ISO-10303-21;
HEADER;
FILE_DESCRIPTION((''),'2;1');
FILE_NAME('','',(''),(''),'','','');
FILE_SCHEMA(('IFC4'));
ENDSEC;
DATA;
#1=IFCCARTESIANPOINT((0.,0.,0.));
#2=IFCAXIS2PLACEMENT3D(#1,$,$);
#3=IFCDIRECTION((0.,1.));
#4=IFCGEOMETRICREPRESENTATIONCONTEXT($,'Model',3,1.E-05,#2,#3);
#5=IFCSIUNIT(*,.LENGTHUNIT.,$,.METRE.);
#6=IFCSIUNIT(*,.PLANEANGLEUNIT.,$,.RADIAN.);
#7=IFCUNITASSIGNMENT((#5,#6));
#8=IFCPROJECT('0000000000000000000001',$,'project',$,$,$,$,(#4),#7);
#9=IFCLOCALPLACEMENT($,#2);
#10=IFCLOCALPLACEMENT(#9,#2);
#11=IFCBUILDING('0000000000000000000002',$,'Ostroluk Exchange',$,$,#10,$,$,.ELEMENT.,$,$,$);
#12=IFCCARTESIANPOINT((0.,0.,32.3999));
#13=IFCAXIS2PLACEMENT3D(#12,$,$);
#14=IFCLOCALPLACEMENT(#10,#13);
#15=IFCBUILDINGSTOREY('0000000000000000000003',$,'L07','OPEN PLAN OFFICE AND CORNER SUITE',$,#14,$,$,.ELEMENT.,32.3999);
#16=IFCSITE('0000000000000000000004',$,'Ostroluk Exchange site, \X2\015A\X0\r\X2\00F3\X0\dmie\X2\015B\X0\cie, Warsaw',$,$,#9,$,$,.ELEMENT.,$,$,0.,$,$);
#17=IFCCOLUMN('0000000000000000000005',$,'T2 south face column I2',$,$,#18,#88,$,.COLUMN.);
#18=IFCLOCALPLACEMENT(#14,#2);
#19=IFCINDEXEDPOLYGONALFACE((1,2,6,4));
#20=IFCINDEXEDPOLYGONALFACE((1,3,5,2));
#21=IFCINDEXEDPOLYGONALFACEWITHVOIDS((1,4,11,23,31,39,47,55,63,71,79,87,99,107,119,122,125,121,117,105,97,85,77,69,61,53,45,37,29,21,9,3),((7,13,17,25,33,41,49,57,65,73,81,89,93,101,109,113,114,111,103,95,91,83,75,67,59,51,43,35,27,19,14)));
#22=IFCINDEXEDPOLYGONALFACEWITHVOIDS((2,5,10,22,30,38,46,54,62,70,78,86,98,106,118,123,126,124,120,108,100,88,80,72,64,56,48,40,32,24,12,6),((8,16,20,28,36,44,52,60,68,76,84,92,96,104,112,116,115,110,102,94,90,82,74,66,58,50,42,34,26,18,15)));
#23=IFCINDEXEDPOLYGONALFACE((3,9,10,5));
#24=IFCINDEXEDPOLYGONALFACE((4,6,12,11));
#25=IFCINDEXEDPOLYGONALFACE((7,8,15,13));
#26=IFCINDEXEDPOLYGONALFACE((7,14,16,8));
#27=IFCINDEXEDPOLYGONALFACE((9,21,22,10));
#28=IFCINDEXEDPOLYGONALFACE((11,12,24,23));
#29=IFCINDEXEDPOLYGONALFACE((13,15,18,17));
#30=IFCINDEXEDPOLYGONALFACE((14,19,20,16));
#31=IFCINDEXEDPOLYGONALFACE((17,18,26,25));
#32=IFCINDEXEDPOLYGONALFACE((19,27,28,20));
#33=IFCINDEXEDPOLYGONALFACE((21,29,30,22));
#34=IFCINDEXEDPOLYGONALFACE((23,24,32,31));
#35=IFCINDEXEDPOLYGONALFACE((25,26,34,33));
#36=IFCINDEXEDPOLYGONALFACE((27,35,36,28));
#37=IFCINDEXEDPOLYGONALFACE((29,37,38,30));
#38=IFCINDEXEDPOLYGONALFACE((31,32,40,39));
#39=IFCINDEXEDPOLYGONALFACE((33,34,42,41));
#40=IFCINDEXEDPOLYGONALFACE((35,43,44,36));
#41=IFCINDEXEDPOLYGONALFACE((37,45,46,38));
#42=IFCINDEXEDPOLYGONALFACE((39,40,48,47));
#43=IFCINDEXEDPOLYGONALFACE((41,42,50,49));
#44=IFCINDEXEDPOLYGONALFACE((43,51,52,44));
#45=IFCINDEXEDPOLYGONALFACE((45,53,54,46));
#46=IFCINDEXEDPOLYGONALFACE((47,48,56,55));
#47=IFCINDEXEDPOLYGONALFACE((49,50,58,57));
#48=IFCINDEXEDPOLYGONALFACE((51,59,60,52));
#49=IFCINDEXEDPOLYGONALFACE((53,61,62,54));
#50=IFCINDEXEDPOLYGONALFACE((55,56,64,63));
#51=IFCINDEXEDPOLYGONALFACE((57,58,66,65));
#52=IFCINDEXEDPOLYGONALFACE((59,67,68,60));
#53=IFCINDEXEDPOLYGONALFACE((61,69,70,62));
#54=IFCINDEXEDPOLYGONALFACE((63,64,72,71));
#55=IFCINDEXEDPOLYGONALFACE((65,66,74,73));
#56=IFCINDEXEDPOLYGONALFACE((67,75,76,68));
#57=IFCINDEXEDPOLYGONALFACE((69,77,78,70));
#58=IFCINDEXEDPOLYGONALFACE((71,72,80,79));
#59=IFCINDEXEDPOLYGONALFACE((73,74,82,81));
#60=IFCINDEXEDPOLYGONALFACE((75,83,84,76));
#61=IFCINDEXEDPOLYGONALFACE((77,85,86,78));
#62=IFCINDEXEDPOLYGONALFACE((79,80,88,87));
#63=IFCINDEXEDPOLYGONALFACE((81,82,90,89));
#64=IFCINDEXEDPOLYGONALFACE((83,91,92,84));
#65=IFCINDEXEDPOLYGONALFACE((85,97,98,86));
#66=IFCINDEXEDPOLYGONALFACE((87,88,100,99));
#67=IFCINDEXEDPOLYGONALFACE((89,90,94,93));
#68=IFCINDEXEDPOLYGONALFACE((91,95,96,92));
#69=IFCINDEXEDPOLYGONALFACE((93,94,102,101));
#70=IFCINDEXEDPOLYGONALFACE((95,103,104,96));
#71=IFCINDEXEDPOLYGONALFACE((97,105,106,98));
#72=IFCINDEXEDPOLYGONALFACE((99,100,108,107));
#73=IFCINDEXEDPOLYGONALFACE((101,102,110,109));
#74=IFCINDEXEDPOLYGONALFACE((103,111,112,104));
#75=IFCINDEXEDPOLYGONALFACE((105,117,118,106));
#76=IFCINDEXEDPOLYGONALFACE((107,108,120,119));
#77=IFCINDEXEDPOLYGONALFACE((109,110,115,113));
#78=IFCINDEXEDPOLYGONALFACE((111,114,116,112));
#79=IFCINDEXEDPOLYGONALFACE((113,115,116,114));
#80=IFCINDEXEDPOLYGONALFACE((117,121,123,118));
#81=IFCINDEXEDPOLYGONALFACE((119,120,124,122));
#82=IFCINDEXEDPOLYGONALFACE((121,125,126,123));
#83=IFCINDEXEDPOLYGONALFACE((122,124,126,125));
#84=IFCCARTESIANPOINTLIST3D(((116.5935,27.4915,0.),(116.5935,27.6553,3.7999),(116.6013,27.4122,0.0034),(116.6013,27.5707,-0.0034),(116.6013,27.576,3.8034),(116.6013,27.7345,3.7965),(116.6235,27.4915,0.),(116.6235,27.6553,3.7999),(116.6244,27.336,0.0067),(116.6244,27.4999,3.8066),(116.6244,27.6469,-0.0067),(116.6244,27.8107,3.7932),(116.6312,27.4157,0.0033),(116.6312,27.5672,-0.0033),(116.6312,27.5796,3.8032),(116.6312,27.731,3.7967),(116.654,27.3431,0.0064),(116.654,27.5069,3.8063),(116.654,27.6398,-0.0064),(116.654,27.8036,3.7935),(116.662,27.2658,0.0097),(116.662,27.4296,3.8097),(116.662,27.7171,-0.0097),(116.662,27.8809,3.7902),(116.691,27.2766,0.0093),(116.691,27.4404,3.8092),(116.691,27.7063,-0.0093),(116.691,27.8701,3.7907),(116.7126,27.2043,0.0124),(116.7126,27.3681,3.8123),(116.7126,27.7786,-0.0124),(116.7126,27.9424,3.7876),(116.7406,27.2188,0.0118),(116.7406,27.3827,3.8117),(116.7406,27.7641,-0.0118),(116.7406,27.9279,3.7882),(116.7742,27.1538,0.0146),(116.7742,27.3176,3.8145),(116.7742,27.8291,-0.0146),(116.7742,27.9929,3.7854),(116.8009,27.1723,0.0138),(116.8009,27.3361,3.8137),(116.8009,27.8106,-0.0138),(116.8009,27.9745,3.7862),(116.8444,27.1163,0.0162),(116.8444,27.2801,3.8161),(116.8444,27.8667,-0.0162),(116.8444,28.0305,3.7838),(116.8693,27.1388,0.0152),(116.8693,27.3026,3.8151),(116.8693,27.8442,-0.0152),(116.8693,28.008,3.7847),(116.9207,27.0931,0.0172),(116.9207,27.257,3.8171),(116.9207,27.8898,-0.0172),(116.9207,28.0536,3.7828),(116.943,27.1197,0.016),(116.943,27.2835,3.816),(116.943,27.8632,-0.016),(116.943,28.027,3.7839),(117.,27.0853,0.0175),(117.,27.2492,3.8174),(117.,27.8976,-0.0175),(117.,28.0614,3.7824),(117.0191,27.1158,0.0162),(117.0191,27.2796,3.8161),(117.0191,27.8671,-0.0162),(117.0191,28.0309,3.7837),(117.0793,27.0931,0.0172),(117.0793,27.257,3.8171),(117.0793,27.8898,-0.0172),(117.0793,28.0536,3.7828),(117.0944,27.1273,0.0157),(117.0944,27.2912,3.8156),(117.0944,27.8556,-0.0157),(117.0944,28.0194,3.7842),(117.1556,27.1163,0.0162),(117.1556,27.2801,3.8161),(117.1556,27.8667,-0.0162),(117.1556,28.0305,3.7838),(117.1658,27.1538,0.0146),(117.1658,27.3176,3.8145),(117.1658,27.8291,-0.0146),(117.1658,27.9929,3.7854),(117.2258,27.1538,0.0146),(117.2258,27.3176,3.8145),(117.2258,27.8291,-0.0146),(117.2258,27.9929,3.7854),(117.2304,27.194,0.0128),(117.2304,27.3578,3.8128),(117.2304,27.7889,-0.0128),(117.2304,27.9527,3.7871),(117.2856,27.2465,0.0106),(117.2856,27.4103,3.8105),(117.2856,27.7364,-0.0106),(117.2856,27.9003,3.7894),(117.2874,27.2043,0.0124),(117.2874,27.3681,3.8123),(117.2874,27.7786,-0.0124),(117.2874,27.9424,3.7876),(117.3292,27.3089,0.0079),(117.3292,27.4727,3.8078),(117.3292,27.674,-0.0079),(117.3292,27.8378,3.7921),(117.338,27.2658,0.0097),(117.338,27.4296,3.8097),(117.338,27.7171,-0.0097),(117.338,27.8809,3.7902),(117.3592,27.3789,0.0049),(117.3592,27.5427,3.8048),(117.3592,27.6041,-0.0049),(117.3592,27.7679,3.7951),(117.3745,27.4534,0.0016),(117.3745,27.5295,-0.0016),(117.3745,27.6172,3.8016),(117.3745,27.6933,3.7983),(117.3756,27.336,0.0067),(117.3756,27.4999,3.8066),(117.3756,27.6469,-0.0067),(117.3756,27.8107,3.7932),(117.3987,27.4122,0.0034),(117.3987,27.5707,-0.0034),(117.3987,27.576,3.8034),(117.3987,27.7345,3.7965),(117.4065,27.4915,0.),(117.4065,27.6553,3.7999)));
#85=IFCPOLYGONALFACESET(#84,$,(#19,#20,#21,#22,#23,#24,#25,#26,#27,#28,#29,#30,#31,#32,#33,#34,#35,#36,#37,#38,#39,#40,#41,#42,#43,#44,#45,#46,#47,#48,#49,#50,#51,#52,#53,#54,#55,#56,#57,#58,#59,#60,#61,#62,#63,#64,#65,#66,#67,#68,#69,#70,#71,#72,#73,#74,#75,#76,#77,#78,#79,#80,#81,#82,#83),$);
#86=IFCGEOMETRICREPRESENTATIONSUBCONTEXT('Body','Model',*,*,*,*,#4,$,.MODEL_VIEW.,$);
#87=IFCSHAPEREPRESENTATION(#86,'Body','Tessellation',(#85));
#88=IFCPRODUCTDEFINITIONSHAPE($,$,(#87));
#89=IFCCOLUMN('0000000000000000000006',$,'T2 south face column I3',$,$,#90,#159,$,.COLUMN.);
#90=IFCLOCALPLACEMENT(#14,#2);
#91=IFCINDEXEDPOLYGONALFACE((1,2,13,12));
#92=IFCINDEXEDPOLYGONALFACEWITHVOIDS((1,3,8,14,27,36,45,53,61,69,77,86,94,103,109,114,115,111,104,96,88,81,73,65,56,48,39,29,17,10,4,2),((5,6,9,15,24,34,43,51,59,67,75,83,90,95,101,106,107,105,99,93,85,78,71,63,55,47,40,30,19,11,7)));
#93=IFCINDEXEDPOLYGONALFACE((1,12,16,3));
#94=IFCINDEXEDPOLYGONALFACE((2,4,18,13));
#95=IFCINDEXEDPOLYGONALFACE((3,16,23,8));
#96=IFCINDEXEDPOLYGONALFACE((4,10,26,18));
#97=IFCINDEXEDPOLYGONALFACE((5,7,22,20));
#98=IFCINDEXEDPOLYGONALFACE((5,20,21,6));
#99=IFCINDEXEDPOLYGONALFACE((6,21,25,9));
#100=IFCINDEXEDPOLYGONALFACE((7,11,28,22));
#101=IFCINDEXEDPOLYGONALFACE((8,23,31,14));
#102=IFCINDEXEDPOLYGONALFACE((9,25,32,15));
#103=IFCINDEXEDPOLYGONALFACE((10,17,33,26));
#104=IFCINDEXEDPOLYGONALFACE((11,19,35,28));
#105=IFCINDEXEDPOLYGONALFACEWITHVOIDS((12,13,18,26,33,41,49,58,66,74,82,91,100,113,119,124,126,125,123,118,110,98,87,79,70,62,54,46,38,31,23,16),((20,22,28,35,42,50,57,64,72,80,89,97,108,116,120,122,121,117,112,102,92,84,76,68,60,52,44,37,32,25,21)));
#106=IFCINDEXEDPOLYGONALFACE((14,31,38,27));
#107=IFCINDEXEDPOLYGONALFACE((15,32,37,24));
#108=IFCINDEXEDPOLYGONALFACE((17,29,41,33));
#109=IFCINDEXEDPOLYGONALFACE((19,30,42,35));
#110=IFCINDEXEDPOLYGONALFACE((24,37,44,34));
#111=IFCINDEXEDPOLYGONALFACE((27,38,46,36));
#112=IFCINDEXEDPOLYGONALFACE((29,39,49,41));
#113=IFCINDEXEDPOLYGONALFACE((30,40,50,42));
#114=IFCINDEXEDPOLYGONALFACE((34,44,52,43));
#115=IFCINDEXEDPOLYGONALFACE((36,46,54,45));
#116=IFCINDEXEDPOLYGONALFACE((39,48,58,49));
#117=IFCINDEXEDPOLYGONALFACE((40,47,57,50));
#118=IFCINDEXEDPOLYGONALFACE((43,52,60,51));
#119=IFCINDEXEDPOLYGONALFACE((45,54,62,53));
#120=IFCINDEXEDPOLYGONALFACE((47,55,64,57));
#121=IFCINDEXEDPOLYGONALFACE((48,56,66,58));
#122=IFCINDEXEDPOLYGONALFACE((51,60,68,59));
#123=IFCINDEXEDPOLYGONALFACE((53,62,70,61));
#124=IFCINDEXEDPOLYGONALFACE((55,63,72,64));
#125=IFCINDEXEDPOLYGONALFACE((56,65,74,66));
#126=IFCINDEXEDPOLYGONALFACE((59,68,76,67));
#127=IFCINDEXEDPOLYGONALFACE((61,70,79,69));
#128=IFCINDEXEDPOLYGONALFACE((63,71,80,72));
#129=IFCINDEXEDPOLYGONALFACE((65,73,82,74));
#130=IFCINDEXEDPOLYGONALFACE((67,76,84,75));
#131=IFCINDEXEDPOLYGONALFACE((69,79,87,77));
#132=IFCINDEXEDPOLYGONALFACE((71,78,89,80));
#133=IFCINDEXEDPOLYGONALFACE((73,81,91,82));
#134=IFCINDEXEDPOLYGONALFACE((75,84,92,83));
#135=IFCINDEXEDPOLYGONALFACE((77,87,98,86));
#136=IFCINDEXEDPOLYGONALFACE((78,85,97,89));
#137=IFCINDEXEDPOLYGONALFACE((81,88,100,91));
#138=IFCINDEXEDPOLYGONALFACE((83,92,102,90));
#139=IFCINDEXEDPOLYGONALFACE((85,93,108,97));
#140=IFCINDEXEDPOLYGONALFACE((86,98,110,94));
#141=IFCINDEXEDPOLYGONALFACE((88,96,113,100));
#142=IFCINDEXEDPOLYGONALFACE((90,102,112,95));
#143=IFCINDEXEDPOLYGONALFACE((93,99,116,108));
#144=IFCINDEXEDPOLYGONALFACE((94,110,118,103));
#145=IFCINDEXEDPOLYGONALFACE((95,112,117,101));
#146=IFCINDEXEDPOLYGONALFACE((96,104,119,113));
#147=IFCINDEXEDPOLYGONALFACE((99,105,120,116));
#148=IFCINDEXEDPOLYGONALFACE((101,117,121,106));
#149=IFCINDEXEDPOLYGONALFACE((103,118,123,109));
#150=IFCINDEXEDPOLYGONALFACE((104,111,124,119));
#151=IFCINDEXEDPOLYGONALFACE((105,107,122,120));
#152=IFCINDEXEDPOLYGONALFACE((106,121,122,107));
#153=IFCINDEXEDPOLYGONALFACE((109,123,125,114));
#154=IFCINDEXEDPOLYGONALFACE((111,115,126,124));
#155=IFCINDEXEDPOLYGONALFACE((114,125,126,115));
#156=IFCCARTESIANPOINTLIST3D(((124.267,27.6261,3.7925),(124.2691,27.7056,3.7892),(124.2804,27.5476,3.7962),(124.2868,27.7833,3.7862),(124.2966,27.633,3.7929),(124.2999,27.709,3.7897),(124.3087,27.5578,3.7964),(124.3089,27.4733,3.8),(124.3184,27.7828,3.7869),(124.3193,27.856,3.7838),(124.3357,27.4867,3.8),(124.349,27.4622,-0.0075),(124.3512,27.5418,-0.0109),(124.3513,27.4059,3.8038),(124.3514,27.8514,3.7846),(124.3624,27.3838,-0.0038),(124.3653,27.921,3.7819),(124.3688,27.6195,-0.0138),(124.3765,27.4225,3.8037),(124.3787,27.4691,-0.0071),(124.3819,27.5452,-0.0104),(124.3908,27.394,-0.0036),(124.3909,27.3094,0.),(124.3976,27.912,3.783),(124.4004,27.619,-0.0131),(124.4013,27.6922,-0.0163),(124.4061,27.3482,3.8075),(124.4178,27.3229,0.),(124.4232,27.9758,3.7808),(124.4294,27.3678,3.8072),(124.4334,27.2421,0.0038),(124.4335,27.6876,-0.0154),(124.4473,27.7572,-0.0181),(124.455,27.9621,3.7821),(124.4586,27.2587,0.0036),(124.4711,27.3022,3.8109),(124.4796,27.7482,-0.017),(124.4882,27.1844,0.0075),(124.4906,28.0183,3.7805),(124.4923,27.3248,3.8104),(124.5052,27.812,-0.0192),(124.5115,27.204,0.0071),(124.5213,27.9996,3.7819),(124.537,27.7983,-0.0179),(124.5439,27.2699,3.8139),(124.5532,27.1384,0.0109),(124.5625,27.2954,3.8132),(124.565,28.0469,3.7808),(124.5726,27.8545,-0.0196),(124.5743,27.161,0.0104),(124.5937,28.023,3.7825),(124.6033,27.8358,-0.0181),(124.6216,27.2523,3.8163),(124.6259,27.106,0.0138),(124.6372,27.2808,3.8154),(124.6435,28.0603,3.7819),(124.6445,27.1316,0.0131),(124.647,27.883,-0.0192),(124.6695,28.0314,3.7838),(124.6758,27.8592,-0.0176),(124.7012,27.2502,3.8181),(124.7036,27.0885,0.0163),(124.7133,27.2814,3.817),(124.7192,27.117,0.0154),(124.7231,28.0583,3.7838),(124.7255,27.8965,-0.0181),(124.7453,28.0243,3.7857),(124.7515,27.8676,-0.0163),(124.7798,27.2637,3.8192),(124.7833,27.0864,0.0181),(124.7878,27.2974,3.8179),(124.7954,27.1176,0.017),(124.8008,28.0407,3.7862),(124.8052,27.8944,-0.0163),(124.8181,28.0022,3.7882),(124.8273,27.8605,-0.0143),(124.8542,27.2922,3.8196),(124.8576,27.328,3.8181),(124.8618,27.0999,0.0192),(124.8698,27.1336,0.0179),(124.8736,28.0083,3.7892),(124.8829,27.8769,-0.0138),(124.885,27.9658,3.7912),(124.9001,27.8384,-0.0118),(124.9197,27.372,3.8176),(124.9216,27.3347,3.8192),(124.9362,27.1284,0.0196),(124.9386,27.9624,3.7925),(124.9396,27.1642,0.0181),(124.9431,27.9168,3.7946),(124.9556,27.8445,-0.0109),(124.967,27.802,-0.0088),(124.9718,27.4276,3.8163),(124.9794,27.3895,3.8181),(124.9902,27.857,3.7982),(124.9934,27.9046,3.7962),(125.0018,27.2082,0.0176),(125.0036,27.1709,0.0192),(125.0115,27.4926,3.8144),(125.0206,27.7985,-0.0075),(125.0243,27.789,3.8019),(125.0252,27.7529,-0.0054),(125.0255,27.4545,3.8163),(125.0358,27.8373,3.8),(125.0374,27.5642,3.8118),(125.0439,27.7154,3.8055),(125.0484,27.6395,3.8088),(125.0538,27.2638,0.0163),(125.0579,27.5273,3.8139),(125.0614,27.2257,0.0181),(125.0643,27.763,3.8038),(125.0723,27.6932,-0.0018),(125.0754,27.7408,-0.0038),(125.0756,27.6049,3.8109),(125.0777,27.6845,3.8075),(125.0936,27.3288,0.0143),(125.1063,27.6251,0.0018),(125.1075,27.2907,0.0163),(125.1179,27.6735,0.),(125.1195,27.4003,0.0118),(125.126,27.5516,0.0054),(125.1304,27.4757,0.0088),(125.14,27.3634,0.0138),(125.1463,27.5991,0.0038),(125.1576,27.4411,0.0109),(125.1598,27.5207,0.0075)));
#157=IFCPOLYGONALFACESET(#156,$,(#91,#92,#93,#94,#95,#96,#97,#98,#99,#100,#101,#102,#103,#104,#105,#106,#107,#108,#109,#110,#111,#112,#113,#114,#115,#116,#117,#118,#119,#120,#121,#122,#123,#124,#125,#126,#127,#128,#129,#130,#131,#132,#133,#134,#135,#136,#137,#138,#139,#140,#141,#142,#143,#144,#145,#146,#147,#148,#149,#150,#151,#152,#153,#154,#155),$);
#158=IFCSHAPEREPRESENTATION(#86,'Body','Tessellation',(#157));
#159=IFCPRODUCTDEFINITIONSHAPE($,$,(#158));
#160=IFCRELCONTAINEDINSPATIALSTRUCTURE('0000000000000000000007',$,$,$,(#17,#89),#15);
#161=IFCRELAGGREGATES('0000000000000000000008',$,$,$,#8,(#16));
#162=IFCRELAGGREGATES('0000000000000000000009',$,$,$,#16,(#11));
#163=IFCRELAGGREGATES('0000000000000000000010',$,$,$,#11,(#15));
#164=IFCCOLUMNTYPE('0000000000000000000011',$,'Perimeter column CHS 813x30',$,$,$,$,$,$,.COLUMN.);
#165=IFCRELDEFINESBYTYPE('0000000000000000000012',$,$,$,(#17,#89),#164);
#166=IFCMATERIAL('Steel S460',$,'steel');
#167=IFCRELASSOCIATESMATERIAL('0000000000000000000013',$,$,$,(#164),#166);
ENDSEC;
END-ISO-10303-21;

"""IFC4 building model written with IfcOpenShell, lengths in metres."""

from ifc_helpers import new_model, si_unit, direction, frame, origin, origin_2d, place, context, subcontext, project, spatial, hollow_circle, extrude, material, material_profile, profile_set, type_object, element, save


model = new_model("IFC4")

# Units and contexts
model_context = context("Model", 3, precision=1e-05, world=origin(), true_north=direction((0.0, 1.0)))
body_context = subcontext(model_context, "Body", "Model", "MODEL_VIEW")
ifc_project = project(units=[si_unit("LENGTHUNIT", "METRE"), si_unit("PLANEANGLEUNIT", "RADIAN")], contexts=[model_context])

# Site, building, storey
site_placement = place(None, origin())
site = spatial("IfcSite", under=ifc_project, at=site_placement, Name="Ostroluk Exchange site, Śródmieście, Warsaw", CompositionType="ELEMENT", RefElevation=0.0)
building_placement = place(site_placement, origin())
building = spatial("IfcBuilding", under=site, at=building_placement, Name="Ostroluk Exchange", CompositionType="ELEMENT")
storey_placement = place(building_placement, frame((0.0, 0.0, 32.3999)))
storey = spatial("IfcBuildingStorey", under=building, at=storey_placement, Name="L07", Description="OPEN PLAN OFFICE AND CORNER SUITE", CompositionType="ELEMENT", Elevation=32.3999)

# Columns
ifc_material_1 = material(Name="Steel S460", Category="steel")
ifc_material_profile_1 = material_profile(ifc_material_1, hollow_circle(Radius=0.4065, WallThickness=0.03, at=origin_2d()), Name="CHS 813x30")
ifc_profile_set_1 = profile_set([ifc_material_profile_1], Name="Steel S460")
column_type = type_object("IfcColumnType", Name="Perimeter column CHS 813x30", PredefinedType="COLUMN", material=ifc_profile_set_1)
column_1_placement = place(storey_placement, frame((117.0, 27.4915, 0.0), z_axis=(0.0, 0.04307, 0.999072), x_axis=(-1.0, 0.0, 0.0)))
element("IfcColumn", 1, at=column_1_placement, inside=storey, type_object=column_type, Name="T2 south face column I2", PredefinedType="COLUMN", context=body_context, shape_type="SweptSolid", body=[
    extrude(hollow_circle(Radius=0.4065, WallThickness=0.03, at=origin_2d()), origin(), (0.0, 0.0, 1.0), 3.8035),
])
column_2_placement = place(storey_placement, frame((124.7544, 27.4915, 0.0), z_axis=(-0.021562, 0.04306, 0.99884), x_axis=(-0.894161, -0.447747, 0.0)))
element("IfcColumn", 2, at=column_2_placement, inside=storey, type_object=column_type, Name="T2 south face column I3", PredefinedType="COLUMN", context=body_context, shape_type="SweptSolid", body=[
    extrude(hollow_circle(Radius=0.4065, WallThickness=0.03, at=origin_2d()), origin(), (0.0, 0.0, 1.0), 3.8044),
])

save(model, "model.ifc")
